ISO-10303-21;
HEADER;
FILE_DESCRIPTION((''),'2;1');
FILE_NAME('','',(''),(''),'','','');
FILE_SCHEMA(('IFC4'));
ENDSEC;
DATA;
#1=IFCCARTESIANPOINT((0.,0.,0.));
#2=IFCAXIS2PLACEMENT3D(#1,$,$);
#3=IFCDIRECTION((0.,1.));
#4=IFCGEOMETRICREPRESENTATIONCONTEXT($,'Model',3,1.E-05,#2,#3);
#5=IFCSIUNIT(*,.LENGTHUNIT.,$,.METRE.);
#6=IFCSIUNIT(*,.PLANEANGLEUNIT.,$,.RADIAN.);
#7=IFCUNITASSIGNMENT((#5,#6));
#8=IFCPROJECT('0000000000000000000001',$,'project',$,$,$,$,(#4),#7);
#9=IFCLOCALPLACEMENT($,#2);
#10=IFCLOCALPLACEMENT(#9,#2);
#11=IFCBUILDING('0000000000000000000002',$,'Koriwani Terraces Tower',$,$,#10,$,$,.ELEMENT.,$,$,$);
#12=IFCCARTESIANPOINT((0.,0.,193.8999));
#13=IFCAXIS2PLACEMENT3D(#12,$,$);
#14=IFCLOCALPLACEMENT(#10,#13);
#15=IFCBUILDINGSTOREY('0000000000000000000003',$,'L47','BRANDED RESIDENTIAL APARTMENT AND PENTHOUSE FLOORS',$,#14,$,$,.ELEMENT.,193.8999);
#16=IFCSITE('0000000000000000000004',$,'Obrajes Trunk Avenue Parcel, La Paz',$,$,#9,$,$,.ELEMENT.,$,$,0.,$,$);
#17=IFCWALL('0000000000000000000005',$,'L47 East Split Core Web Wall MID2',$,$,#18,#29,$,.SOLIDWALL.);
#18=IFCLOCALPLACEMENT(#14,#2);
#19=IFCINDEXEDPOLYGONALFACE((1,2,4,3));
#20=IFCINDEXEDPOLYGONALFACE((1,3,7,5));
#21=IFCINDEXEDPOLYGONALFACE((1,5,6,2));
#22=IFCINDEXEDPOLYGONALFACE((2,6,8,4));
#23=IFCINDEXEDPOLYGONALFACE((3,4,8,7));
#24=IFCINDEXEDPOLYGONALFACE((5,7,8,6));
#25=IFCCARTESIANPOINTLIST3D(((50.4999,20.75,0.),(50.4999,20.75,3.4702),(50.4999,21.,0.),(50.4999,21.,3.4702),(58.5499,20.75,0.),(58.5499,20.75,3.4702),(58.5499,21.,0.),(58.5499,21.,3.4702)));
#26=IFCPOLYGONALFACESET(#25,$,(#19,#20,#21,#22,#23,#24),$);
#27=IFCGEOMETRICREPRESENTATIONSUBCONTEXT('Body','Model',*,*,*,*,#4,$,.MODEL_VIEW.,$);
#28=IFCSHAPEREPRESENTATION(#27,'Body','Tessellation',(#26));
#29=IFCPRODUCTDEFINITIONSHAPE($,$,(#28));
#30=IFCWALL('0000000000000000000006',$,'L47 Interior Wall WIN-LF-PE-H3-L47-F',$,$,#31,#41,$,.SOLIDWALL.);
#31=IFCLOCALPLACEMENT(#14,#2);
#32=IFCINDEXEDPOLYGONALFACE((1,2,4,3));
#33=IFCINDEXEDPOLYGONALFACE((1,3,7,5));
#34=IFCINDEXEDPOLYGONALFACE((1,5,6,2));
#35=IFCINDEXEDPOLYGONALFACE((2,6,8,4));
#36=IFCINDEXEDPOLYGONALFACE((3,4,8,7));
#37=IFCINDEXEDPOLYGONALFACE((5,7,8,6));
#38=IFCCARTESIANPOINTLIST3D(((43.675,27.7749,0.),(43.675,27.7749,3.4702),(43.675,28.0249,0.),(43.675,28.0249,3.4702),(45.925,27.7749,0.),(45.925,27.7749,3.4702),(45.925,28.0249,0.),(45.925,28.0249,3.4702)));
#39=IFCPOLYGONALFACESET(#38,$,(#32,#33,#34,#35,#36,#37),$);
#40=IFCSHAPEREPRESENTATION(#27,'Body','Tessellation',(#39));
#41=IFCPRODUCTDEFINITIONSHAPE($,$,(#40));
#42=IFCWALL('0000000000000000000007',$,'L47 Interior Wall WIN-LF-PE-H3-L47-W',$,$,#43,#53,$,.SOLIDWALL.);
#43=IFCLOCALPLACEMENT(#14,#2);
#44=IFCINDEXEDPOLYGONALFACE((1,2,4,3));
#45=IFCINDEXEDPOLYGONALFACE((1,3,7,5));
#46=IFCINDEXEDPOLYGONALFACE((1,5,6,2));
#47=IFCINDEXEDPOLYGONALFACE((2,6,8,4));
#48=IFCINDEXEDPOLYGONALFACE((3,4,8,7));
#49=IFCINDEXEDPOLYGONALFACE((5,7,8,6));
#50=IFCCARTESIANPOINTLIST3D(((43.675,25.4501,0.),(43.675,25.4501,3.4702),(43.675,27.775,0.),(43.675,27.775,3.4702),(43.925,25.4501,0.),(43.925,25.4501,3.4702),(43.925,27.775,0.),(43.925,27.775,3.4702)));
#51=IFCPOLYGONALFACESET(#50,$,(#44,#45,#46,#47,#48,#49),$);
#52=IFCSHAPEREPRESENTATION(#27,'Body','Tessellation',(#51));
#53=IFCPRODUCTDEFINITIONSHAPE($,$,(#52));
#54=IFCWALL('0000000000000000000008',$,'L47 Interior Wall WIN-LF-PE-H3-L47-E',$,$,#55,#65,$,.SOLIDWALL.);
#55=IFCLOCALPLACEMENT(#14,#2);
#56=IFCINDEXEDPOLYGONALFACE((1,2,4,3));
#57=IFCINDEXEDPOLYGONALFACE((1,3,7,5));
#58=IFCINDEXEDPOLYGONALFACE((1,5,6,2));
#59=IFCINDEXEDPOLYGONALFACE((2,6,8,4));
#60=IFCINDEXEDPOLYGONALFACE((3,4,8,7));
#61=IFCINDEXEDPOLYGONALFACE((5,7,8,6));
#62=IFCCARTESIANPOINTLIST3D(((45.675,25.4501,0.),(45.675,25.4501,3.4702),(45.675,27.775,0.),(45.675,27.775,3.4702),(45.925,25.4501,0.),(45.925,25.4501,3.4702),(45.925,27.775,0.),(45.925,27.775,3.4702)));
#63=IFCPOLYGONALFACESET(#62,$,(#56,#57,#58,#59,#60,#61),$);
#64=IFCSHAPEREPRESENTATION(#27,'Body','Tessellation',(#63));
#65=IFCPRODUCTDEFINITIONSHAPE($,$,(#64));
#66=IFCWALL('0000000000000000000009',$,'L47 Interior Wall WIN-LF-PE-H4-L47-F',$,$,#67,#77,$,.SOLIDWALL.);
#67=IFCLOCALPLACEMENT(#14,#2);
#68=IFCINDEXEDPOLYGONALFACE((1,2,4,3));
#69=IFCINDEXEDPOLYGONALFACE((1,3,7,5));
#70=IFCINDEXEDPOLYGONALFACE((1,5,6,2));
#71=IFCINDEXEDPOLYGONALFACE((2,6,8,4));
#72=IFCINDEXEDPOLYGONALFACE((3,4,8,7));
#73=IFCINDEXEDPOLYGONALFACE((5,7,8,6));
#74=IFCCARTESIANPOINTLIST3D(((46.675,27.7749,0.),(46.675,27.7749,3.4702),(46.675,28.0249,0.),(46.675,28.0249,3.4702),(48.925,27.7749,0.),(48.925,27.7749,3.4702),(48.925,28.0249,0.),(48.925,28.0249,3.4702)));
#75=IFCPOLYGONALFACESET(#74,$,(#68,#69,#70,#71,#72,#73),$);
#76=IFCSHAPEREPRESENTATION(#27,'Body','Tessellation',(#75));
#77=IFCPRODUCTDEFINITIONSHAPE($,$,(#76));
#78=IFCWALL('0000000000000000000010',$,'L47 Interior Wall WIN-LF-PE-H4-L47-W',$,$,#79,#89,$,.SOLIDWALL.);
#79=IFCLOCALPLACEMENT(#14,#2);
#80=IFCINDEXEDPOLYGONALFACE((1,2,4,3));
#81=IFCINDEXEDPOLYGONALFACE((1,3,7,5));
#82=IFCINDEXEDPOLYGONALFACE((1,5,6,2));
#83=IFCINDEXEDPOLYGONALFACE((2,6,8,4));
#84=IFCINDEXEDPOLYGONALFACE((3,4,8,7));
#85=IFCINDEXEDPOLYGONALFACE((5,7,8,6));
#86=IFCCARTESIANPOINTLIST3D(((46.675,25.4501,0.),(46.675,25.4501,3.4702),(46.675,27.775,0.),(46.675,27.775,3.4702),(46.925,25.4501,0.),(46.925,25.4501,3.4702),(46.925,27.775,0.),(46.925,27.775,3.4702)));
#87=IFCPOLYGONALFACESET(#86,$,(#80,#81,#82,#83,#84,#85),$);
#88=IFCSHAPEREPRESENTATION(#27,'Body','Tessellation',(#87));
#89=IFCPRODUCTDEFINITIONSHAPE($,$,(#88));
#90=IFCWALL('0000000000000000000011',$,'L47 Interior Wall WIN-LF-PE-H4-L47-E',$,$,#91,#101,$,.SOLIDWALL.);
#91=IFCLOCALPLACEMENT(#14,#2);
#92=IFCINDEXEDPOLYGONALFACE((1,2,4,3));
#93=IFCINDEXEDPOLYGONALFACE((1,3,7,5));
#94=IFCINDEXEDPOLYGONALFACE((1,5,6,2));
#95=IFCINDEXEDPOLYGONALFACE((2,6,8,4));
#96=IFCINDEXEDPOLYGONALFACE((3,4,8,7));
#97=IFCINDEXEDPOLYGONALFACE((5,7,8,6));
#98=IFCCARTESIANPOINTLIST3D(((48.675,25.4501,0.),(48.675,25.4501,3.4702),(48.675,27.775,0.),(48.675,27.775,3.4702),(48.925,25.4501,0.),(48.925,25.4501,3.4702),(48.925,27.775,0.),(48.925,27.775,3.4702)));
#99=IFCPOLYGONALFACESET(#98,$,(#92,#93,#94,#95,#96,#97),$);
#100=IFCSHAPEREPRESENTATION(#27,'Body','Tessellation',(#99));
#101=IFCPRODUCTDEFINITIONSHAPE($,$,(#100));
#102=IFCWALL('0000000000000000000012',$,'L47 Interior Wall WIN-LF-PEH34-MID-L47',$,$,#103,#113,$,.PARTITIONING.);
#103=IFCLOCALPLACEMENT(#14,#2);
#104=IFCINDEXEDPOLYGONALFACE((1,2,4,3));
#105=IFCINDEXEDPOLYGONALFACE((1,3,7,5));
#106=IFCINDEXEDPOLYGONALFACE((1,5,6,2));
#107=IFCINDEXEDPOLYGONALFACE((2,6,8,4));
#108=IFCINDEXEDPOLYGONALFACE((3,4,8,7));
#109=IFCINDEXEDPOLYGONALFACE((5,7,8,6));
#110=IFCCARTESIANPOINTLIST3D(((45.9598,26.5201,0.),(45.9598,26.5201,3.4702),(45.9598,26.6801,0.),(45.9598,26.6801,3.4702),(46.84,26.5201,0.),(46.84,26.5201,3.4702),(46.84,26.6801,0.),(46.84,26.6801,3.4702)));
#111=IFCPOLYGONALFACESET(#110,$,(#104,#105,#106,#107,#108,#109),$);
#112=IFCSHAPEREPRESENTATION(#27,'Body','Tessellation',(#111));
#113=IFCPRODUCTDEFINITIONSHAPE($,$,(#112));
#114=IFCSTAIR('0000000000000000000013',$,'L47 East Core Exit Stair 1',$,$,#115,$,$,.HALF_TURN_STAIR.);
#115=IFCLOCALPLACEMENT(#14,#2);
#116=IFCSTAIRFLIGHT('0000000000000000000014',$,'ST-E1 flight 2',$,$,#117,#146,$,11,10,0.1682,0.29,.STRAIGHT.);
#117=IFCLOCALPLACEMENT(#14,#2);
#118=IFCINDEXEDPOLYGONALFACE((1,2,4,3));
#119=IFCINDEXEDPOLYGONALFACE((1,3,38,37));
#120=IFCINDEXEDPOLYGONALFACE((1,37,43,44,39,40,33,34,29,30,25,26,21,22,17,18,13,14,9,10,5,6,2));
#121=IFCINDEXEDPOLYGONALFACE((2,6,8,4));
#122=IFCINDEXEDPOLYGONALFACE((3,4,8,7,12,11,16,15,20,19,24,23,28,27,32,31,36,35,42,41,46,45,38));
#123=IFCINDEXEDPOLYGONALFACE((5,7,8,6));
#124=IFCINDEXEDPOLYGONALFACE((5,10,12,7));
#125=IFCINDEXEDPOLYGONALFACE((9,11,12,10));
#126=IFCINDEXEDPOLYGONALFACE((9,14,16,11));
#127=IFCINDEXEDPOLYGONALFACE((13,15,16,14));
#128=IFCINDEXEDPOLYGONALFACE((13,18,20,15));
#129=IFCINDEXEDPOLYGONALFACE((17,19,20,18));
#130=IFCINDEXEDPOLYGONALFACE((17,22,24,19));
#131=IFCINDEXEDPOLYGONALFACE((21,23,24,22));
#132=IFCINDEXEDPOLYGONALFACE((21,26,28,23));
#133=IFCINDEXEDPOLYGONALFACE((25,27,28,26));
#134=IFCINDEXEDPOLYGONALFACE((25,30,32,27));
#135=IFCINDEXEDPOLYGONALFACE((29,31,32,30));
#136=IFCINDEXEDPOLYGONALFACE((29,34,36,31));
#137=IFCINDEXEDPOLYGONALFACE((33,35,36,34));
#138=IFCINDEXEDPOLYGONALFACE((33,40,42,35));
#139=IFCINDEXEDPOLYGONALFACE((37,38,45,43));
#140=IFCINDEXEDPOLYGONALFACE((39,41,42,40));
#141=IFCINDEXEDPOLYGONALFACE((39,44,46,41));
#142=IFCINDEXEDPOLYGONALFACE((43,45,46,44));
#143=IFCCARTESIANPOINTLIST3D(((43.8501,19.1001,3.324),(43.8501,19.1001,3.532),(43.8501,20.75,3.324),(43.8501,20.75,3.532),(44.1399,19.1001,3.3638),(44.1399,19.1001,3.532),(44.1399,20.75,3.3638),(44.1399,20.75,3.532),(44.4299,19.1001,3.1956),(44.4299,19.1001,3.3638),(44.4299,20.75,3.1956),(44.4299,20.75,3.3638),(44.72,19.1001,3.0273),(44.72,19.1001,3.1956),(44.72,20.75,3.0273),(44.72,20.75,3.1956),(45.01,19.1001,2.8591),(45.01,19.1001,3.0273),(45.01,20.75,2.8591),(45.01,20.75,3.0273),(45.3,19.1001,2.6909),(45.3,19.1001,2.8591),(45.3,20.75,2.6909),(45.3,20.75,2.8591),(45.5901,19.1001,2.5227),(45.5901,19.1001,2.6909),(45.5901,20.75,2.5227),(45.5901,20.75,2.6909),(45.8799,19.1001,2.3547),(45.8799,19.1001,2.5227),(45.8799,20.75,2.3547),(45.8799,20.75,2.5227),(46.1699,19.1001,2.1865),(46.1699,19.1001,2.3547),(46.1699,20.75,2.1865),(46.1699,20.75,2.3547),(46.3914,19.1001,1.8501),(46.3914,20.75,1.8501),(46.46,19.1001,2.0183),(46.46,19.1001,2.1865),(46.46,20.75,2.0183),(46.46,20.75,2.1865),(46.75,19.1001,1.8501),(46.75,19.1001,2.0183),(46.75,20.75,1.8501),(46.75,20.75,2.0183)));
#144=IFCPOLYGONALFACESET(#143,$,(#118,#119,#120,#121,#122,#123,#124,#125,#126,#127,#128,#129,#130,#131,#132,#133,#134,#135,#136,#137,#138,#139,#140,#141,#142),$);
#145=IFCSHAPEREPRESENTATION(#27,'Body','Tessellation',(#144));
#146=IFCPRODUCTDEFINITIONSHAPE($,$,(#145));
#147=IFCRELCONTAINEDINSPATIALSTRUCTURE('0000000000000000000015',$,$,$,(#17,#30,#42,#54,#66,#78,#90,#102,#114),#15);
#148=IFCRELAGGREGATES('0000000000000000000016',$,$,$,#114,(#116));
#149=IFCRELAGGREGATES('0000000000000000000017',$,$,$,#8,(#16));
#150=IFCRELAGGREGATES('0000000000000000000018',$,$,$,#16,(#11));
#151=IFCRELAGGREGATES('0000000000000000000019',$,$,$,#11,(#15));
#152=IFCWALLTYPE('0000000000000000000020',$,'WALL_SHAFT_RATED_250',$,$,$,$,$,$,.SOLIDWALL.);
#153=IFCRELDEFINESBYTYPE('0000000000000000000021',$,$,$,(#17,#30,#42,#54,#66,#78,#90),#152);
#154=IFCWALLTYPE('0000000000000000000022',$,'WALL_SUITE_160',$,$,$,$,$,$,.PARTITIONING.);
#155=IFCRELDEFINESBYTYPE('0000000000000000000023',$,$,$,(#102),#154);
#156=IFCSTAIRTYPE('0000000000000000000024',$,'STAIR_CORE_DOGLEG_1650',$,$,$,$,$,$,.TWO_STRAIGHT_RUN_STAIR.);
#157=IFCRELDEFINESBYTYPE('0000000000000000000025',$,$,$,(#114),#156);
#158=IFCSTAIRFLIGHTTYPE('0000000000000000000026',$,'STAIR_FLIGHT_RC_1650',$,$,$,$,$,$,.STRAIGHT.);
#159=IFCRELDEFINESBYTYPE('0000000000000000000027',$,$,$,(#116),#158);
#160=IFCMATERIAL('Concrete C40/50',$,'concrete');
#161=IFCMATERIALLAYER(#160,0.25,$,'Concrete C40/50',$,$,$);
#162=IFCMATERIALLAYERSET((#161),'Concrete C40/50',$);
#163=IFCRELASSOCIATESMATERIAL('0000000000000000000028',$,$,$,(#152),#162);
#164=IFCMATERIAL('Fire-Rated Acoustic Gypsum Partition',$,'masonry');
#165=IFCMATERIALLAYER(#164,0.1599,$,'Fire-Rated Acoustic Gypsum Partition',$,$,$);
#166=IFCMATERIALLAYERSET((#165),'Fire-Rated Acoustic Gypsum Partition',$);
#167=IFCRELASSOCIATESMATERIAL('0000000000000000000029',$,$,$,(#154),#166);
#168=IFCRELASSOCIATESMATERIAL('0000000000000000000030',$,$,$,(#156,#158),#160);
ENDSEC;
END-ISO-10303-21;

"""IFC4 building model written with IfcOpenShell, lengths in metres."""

from ifc_helpers import new_model, si_unit, direction, frame, frame_2d, origin, place, context, subcontext, project, spatial, polyline, rectangle, outline, extrude, material, layer, layer_set, type_object, element, aggregate, save


model = new_model("IFC4")

# Units and contexts
model_context = context("Model", 3, precision=1e-05, world=origin(), true_north=direction((0.0, 1.0)))
body_context = subcontext(model_context, "Body", "Model", "MODEL_VIEW")
ifc_project = project(units=[si_unit("LENGTHUNIT", "METRE"), si_unit("PLANEANGLEUNIT", "RADIAN")], contexts=[model_context])

# Site, building, storey
site_placement = place(None, origin())
site = spatial("IfcSite", under=ifc_project, at=site_placement, Name="Obrajes Trunk Avenue Parcel, La Paz", CompositionType="ELEMENT", RefElevation=0.0)
building_placement = place(site_placement, origin())
building = spatial("IfcBuilding", under=site, at=building_placement, Name="Koriwani Terraces Tower", CompositionType="ELEMENT")
storey_placement = place(building_placement, frame((0.0, 0.0, 193.8999)))
storey = spatial("IfcBuildingStorey", under=building, at=storey_placement, Name="L47", Description="BRANDED RESIDENTIAL APARTMENT AND PENTHOUSE FLOORS", CompositionType="ELEMENT", Elevation=193.8999)

# Wall
ifc_material_1 = material(Name="Fire-Rated Acoustic Gypsum Partition", Category="masonry")
ifc_material_2 = material(Name="Concrete C40/50", Category="concrete")
ifc_layer_1 = layer(ifc_material_2, 0.25, Name="Concrete C40/50")
ifc_layer_set_1 = layer_set([ifc_layer_1], Name="Concrete C40/50")
wall_type_1 = type_object("IfcWallType", Name="WALL_SHAFT_RATED_250", PredefinedType="SOLIDWALL", material=ifc_layer_set_1)
for number, where, z_axis, x_axis, name in (
    (1, (50.5, 20.875, 0.0), (0.0, 0.0, 1.0), (1.0, 0.0, 0.0), "L47 East Split Core Web Wall MID2"),
):
    element("IfcWall", number, at=place(storey_placement, frame(where, z_axis=z_axis, x_axis=x_axis)), inside=storey, type_object=wall_type_1, Name=name, PredefinedType="SOLIDWALL", context=body_context, shape_type="SweptSolid", body=[
        extrude(rectangle(XDim=8.05, YDim=0.25, at=frame_2d((4.0249, 0.0))), origin(), (0.0, 0.0, 1.0), 3.4702),
    ])

# Walls
wall_1_placement = place(storey_placement, frame((43.675, 27.8999, 0.0), z_axis=(0.0, 0.0, 1.0), x_axis=(1.0, 0.0, 0.0)))
element("IfcWall", 2, at=wall_1_placement, inside=storey, type_object=wall_type_1, Name="L47 Interior Wall WIN-LF-PE-H3-L47-F", PredefinedType="SOLIDWALL", context=body_context, shape_type="SweptSolid", body=[
    extrude(rectangle(XDim=2.25, YDim=0.25, at=frame_2d((1.125, 0.0))), origin(), (0.0, 0.0, 1.0), 3.4702),
])
for number, where, z_axis, x_axis, name in (
    (3, (43.8, 25.45, 0.0), (0.0, 0.0, 1.0), (0.0, 1.0, 0.0), "L47 Interior Wall WIN-LF-PE-H3-L47-W"),
    (4, (45.8, 25.45, 0.0), (0.0, 0.0, 1.0), (0.0, 1.0, 0.0), "L47 Interior Wall WIN-LF-PE-H3-L47-E"),
):
    element("IfcWall", number, at=place(storey_placement, frame(where, z_axis=z_axis, x_axis=x_axis)), inside=storey, type_object=wall_type_1, Name=name, PredefinedType="SOLIDWALL", context=body_context, shape_type="SweptSolid", body=[
        extrude(rectangle(XDim=2.325, YDim=0.25, at=frame_2d((1.1626, 0.0))), origin(), (0.0, 0.0, 1.0), 3.4702),
    ])
wall_2_placement = place(storey_placement, frame((46.675, 27.8999, 0.0), z_axis=(0.0, 0.0, 1.0), x_axis=(1.0, 0.0, 0.0)))
element("IfcWall", 5, at=wall_2_placement, inside=storey, type_object=wall_type_1, Name="L47 Interior Wall WIN-LF-PE-H4-L47-F", PredefinedType="SOLIDWALL", context=body_context, shape_type="SweptSolid", body=[
    extrude(rectangle(XDim=2.25, YDim=0.25, at=frame_2d((1.125, 0.0))), origin(), (0.0, 0.0, 1.0), 3.4702),
])
for number, where, z_axis, x_axis, name in (
    (6, (46.8, 25.45, 0.0), (0.0, 0.0, 1.0), (0.0, 1.0, 0.0), "L47 Interior Wall WIN-LF-PE-H4-L47-W"),
    (7, (48.8, 25.45, 0.0), (0.0, 0.0, 1.0), (0.0, 1.0, 0.0), "L47 Interior Wall WIN-LF-PE-H4-L47-E"),
):
    element("IfcWall", number, at=place(storey_placement, frame(where, z_axis=z_axis, x_axis=x_axis)), inside=storey, type_object=wall_type_1, Name=name, PredefinedType="SOLIDWALL", context=body_context, shape_type="SweptSolid", body=[
        extrude(rectangle(XDim=2.325, YDim=0.25, at=frame_2d((1.1626, 0.0))), origin(), (0.0, 0.0, 1.0), 3.4702),
    ])
ifc_layer_2 = layer(ifc_material_1, 0.1599, Name="Fire-Rated Acoustic Gypsum Partition")
ifc_layer_set_2 = layer_set([ifc_layer_2], Name="Fire-Rated Acoustic Gypsum Partition")
wall_type_2 = type_object("IfcWallType", Name="WALL_SUITE_160", PredefinedType="PARTITIONING", material=ifc_layer_set_2)
wall_3_placement = place(storey_placement, frame((45.96, 26.6001, 0.0), z_axis=(0.0, 0.0, 1.0), x_axis=(1.0, 0.0, 0.0)))
element("IfcWall", 8, at=wall_3_placement, inside=storey, type_object=wall_type_2, Name="L47 Interior Wall WIN-LF-PEH34-MID-L47", PredefinedType="PARTITIONING", context=body_context, shape_type="SweptSolid", body=[
    extrude(rectangle(XDim=0.8801, YDim=0.1599, at=frame_2d((0.4399, 0.0))), origin(), (0.0, 0.0, 1.0), 3.4702),
])

# Stair, stair flight
stair_type = type_object("IfcStairType", Name="STAIR_CORE_DOGLEG_1650", PredefinedType="TWO_STRAIGHT_RUN_STAIR", material=ifc_material_2)
stair_placement = place(storey_placement, origin())
stair = element("IfcStair", 9, at=stair_placement, inside=storey, type_object=stair_type, Name="L47 East Core Exit Stair 1", PredefinedType="HALF_TURN_STAIR")
stair_flight_type = type_object("IfcStairFlightType", Name="STAIR_FLIGHT_RC_1650", PredefinedType="STRAIGHT", material=ifc_material_2)
stair_flight_placement = place(storey_placement, frame((46.75, 19.925, 1.8501), z_axis=(0.0, 0.0, 1.0), x_axis=(-1.0, 0.0, 0.0)))
stair_flight = element("IfcStairFlight", 10, at=stair_flight_placement, type_object=stair_flight_type, Name="ST-E1 flight 2", NumberOfRisers=11, NumberOfTreads=10, PredefinedType="STRAIGHT", RiserHeight=0.1682, TreadLength=0.29, context=body_context, shape_type="SweptSolid", body=[
    extrude(outline(polyline([(0.0, 0.0), (0.0, 0.1682), (0.29, 0.1682), (0.29, 0.3364), (0.5801, 0.3364), (0.5801, 0.5046), (0.8701, 0.5046), (0.8701, 0.6726), (1.1599, 0.6726), (1.1599, 0.8408), (1.45, 0.8408), (1.45, 1.009), (1.74, 1.009), (1.74, 1.1772), (2.03, 1.1772), (2.03, 1.3455), (2.3201, 1.3455), (2.3201, 1.5137), (2.6101, 1.5137), (2.6101, 1.6819), (2.8999, 1.6819), (2.8999, 1.8501), (2.8999, 1.4739), (0.3586, 0.0), (0.0, 0.0)])), frame((0.0, 0.825, 0.0), z_axis=(0.0, -1.0, 0.0), x_axis=(1.0, 0.0, 0.0)), (0.0, 0.0, 1.0), 1.6499),
])
aggregate(stair, [stair_flight])

save(model, "model.ifc")
